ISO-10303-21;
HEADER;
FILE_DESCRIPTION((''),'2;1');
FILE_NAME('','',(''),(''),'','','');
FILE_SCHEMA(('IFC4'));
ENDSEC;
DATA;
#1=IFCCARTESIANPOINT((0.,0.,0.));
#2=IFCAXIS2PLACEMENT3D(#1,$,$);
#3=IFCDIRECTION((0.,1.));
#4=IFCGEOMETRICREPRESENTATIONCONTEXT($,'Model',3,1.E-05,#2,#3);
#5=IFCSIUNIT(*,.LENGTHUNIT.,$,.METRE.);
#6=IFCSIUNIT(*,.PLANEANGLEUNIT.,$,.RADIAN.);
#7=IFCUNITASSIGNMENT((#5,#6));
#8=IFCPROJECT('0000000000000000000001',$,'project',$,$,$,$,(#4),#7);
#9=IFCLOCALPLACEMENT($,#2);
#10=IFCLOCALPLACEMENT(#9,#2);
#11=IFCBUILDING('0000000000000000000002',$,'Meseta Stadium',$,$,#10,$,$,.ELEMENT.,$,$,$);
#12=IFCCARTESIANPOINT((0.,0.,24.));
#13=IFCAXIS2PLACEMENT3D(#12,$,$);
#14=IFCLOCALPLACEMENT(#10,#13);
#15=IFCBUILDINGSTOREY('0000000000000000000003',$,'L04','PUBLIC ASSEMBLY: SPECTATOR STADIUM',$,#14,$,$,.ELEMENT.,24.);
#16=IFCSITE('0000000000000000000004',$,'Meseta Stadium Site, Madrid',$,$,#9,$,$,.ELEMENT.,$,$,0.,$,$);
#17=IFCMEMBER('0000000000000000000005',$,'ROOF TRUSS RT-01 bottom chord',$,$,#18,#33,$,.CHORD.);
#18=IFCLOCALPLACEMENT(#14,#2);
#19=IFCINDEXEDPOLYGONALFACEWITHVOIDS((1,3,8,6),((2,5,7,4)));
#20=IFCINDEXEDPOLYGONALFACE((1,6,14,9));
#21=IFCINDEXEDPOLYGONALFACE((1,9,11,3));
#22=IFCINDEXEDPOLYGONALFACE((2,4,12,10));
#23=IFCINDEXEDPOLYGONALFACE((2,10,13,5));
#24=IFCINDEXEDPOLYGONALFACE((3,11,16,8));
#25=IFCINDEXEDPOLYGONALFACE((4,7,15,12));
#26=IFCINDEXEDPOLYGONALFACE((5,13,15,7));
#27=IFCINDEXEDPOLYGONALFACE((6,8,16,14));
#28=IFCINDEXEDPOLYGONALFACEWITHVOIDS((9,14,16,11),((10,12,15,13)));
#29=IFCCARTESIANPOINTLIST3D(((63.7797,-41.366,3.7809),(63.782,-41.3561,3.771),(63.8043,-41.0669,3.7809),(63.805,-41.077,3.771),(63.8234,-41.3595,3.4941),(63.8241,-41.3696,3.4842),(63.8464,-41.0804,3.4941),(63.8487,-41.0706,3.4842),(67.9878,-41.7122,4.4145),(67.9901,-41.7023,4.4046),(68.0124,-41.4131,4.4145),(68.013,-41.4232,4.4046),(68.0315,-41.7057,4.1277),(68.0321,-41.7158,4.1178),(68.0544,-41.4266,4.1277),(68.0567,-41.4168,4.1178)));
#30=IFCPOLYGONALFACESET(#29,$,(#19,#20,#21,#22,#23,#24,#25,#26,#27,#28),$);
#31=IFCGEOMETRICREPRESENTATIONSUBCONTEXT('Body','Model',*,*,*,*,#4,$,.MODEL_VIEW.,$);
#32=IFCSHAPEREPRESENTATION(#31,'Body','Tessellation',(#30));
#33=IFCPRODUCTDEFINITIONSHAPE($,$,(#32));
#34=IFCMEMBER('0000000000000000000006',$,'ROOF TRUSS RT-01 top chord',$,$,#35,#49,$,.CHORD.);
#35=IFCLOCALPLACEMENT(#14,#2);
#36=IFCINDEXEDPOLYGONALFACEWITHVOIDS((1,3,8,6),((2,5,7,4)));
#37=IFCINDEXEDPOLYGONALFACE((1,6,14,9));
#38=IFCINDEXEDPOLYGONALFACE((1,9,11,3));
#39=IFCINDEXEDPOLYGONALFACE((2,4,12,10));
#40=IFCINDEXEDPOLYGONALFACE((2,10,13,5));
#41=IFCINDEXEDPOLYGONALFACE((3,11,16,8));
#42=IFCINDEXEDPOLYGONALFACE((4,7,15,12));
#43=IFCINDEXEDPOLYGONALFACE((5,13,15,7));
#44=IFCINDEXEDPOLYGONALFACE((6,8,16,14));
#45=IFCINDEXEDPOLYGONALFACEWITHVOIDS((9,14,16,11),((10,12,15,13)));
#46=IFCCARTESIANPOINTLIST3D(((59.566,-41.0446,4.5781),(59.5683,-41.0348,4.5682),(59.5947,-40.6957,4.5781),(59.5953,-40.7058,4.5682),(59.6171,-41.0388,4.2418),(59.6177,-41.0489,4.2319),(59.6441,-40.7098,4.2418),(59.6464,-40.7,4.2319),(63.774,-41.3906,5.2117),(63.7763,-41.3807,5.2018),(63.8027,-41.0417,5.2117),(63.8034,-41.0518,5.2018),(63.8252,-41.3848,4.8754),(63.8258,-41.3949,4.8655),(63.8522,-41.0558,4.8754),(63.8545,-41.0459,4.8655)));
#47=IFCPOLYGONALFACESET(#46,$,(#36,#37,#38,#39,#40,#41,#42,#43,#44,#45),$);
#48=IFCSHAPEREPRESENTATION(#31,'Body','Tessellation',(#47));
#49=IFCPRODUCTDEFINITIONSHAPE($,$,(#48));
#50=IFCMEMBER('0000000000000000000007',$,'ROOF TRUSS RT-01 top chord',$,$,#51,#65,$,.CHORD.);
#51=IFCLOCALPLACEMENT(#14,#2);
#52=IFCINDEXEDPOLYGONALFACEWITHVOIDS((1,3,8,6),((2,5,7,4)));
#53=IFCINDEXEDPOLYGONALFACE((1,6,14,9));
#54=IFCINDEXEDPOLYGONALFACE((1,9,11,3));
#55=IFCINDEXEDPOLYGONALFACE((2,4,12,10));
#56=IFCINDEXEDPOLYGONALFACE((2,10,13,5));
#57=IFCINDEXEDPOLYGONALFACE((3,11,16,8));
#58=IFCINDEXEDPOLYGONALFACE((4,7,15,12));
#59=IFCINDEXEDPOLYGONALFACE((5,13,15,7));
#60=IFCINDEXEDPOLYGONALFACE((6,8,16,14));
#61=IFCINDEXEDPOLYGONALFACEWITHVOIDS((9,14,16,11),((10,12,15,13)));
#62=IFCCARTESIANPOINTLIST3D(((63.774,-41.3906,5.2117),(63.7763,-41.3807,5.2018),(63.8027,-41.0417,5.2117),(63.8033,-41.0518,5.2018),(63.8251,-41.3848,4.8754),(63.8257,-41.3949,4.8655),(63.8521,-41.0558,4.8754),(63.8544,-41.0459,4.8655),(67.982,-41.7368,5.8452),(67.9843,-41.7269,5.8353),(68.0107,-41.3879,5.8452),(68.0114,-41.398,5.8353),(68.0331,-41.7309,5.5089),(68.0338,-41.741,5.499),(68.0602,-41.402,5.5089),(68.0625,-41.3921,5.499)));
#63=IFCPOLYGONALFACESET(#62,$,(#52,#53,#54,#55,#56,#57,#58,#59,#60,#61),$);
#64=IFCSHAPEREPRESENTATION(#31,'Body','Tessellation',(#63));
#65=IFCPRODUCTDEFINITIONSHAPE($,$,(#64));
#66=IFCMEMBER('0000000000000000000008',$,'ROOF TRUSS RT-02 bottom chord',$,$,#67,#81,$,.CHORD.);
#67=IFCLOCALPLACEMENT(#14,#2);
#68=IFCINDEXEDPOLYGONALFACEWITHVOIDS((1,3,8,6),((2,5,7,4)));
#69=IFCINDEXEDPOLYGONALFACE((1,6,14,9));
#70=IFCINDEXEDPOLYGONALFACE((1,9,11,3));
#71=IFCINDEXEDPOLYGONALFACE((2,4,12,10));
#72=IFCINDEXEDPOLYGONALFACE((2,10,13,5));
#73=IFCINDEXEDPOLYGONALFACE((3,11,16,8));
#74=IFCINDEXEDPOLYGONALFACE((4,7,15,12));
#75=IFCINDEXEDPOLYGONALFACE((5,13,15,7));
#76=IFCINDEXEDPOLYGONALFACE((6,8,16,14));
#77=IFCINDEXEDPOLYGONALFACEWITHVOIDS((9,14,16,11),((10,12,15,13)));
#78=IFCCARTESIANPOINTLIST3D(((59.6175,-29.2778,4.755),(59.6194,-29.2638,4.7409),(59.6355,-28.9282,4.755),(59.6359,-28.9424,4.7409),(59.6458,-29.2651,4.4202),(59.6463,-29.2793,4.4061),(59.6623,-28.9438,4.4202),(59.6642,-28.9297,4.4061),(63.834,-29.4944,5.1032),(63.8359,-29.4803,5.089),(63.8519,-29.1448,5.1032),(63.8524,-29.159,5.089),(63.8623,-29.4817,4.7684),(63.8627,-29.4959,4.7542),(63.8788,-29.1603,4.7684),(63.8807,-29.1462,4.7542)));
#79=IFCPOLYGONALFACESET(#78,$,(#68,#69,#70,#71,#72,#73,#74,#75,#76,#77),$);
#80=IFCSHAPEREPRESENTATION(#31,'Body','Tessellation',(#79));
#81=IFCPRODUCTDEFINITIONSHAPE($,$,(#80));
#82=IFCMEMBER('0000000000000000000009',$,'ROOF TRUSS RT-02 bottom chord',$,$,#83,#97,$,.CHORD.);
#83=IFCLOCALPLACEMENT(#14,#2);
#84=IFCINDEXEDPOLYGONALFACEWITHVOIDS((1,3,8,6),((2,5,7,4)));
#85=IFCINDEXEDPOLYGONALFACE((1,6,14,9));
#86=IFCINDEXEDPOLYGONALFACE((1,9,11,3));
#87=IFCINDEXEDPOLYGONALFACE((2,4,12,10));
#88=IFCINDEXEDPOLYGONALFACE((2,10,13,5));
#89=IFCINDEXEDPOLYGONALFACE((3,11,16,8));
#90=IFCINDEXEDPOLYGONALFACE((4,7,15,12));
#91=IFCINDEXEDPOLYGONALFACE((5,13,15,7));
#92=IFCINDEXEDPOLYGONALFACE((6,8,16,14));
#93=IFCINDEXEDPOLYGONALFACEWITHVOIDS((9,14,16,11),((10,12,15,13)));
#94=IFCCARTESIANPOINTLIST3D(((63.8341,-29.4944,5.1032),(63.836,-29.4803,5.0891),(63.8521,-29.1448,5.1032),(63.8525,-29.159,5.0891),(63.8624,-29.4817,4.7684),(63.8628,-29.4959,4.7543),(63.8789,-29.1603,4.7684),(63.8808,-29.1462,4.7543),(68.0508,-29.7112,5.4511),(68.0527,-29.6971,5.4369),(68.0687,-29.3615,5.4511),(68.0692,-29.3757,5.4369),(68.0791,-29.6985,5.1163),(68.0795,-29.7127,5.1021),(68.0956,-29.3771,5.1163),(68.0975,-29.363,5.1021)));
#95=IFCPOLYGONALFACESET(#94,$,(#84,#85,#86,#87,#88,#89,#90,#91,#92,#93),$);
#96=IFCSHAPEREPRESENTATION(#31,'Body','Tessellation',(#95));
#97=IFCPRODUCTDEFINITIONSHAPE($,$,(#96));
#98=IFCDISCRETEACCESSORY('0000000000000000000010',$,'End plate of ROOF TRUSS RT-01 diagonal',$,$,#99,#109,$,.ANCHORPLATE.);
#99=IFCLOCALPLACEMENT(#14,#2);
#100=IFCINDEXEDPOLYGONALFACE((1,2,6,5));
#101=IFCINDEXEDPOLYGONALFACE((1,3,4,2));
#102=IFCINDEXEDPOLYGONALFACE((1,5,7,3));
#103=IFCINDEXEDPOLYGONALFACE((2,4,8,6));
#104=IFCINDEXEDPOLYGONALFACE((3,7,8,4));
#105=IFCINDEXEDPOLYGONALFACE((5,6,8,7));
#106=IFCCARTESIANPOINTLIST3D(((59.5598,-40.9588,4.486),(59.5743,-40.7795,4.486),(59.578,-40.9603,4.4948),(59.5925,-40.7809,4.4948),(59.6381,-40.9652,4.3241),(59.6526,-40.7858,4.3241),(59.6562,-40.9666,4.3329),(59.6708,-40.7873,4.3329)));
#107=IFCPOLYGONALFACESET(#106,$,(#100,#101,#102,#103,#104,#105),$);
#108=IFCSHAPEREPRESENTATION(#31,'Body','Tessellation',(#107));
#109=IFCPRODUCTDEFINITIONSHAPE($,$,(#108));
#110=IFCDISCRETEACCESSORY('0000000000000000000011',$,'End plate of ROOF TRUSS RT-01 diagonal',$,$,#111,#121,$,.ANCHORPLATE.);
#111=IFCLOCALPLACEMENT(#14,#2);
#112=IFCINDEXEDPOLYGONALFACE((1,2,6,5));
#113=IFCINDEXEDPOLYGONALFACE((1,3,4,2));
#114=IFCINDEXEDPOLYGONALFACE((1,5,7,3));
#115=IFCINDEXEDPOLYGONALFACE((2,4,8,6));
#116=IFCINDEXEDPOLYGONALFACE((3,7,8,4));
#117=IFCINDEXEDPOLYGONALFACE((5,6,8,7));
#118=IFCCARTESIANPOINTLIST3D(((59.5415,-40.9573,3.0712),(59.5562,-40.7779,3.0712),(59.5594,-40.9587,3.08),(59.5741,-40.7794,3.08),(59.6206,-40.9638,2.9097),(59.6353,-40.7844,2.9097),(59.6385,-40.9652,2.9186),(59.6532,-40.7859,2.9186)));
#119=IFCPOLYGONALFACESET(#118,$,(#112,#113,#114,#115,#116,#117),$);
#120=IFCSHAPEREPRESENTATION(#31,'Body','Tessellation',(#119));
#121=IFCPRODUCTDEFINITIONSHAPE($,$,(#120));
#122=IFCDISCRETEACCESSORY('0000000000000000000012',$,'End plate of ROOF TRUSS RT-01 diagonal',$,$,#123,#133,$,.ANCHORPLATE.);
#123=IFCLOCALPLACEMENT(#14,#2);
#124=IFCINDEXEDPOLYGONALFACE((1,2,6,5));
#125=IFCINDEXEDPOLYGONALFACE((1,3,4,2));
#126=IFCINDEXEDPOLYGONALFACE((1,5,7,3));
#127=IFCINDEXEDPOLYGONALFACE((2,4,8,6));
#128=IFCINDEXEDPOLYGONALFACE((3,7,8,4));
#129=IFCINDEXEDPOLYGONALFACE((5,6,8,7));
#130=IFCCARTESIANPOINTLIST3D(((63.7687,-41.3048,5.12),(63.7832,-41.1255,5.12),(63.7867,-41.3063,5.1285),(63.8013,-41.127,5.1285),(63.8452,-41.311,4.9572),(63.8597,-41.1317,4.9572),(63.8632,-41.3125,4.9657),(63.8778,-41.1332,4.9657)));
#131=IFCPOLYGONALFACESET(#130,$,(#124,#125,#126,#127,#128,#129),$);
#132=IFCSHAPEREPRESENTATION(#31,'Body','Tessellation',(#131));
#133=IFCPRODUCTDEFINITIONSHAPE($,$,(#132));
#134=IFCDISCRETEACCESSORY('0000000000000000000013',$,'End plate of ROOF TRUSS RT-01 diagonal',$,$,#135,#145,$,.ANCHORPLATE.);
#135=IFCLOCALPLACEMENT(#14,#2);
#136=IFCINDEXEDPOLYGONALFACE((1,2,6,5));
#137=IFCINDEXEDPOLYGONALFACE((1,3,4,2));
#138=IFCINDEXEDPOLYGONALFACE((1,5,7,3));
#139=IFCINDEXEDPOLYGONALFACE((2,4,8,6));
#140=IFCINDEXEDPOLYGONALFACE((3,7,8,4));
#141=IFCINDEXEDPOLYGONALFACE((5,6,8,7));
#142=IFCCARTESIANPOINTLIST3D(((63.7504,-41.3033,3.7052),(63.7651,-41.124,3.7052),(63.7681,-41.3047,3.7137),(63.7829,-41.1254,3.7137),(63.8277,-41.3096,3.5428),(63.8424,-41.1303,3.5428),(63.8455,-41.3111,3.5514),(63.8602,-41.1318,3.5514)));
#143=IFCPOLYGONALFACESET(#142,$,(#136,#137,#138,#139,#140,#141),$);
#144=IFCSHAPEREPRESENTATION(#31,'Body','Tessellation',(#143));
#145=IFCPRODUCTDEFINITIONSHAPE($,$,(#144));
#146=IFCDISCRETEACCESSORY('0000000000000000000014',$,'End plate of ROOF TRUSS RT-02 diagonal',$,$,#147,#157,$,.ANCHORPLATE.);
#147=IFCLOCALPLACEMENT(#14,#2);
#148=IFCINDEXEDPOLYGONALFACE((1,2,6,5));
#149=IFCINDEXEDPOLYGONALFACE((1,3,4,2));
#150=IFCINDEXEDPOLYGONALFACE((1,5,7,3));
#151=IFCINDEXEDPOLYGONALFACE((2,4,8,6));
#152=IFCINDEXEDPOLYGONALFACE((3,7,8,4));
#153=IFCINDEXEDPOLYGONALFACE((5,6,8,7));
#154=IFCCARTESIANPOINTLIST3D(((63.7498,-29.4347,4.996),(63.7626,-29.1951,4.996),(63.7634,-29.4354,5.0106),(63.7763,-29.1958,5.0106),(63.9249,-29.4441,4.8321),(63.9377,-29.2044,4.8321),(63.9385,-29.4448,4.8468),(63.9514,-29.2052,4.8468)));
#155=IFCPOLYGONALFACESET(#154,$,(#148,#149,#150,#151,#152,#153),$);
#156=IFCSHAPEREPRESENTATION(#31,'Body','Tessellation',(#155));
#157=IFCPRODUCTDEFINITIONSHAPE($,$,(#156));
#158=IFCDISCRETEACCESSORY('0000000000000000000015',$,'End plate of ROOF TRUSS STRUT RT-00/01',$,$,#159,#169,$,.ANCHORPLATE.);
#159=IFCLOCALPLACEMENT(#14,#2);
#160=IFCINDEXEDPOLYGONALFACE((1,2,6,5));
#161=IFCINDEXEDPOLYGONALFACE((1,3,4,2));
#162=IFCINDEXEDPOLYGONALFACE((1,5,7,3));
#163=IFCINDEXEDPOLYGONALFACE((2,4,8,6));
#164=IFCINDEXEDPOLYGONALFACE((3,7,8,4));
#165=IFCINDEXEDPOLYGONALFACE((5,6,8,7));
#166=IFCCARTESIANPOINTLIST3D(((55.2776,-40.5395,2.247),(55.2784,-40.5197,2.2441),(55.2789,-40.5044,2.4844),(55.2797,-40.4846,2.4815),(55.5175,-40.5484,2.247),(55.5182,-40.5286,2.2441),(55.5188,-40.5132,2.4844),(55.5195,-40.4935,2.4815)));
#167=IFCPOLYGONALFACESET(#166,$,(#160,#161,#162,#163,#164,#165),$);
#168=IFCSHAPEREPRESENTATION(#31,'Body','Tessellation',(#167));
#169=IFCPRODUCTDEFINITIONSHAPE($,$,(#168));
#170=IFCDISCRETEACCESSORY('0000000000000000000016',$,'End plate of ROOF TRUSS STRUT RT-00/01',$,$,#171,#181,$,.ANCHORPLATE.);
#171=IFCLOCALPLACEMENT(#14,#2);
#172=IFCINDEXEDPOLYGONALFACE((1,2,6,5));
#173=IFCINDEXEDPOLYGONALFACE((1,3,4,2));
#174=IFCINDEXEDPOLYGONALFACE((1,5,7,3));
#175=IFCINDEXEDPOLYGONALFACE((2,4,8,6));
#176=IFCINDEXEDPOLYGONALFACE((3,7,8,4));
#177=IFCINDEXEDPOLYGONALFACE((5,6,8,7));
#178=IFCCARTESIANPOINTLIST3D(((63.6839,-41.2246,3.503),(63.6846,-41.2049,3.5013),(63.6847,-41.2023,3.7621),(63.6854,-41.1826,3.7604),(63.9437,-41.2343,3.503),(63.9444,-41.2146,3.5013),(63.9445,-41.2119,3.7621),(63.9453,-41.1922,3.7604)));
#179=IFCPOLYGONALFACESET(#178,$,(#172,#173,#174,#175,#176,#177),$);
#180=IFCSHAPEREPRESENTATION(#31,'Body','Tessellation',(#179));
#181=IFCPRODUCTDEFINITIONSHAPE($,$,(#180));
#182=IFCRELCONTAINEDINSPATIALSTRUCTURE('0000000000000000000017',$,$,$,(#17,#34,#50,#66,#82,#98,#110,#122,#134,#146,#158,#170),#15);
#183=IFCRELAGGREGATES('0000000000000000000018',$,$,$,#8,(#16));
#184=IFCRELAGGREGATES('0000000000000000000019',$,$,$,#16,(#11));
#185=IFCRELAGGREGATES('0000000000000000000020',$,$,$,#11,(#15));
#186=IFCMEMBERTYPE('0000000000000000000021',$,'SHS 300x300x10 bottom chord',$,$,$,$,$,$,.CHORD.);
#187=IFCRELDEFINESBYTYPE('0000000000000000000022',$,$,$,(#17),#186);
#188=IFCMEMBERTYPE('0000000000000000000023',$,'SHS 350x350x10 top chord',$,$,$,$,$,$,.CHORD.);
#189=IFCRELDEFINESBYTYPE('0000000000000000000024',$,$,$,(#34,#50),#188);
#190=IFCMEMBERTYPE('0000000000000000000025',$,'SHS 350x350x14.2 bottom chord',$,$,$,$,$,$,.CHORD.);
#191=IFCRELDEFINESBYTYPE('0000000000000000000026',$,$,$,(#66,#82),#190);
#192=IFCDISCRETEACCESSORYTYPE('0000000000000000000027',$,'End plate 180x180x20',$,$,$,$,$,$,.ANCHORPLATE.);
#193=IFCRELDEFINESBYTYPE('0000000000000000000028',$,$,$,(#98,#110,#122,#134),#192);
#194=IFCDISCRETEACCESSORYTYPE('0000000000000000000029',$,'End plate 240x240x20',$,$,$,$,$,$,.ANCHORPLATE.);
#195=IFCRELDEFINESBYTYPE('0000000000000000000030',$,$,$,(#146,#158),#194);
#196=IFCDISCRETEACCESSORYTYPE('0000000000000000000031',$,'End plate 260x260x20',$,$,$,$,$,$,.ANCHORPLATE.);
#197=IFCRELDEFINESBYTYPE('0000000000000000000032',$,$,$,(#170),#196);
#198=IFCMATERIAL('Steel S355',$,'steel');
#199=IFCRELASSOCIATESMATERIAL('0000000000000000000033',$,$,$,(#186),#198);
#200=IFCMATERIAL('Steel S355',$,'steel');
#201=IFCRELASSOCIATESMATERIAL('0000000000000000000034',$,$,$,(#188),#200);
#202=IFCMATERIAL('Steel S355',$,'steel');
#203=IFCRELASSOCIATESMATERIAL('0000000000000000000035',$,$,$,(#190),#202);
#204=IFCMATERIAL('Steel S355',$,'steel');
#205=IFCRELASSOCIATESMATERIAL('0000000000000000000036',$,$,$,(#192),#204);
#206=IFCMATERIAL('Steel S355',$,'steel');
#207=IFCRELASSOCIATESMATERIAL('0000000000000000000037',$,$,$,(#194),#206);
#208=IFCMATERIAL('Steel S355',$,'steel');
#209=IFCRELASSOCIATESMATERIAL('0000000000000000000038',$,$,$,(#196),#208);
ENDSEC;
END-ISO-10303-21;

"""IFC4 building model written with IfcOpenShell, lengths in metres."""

from ifc_helpers import new_model, si_unit, direction, frame, origin, origin_2d, place, context, subcontext, project, spatial, rectangle, hollow_rectangle, extrude, material, material_profile, profile_set, type_object, element, save


model = new_model("IFC4")

# Units and contexts
model_context = context("Model", 3, precision=1e-05, world=origin(), true_north=direction((0.0, 1.0)))
body_context = subcontext(model_context, "Body", "Model", "MODEL_VIEW")
ifc_project = project(units=[si_unit("LENGTHUNIT", "METRE"), si_unit("PLANEANGLEUNIT", "RADIAN")], contexts=[model_context])

# Site, building, storey
site_placement = place(None, origin())
site = spatial("IfcSite", under=ifc_project, at=site_placement, Name="Meseta Stadium Site, Madrid", CompositionType="ELEMENT", RefElevation=0.0)
building_placement = place(site_placement, origin())
building = spatial("IfcBuilding", under=site, at=building_placement, Name="Meseta Stadium", CompositionType="ELEMENT")
storey_placement = place(building_placement, frame((0.0, 0.0, 24.0)))
storey = spatial("IfcBuildingStorey", under=building, at=storey_placement, Name="L04", Description="PUBLIC ASSEMBLY: SPECTATOR STADIUM", CompositionType="ELEMENT", Elevation=24.0)

# Members
ifc_material_1 = material(Name="Steel S355", Category="steel")
ifc_material_profile_1 = material_profile(ifc_material_1, hollow_rectangle(XDim=0.3, YDim=0.3, WallThickness=0.01, at=origin_2d()), Name="SHS 300x300x10")
ifc_profile_set_1 = profile_set([ifc_material_profile_1], Name="Steel S355")
member_type_1 = type_object("IfcMemberType", Name="SHS 300x300x10 bottom chord", PredefinedType="CHORD", material=ifc_profile_set_1)
for number, where, z_axis, x_axis, name in (
    (1, (63.8142, -41.2183, 3.6326), (0.985599, -0.081085, 0.148389), (0.081993, 0.996633, 0.0), "ROOF TRUSS RT-01 bottom chord"),
):
    element("IfcMember", number, at=place(storey_placement, frame(where, z_axis=z_axis, x_axis=x_axis)), inside=storey, type_object=member_type_1, Name=name, PredefinedType="CHORD", context=body_context, shape_type="SweptSolid", body=[
        extrude(hollow_rectangle(XDim=0.3, YDim=0.3, WallThickness=0.01, at=origin_2d()), origin(), (0.0, 0.0, 1.0), 4.2695),
    ])
ifc_material_2 = material(Name="Steel S355", Category="steel")
ifc_material_profile_2 = material_profile(ifc_material_2, hollow_rectangle(XDim=0.3501, YDim=0.3501, WallThickness=0.01, at=origin_2d()), Name="SHS 350x350x10")
ifc_profile_set_2 = profile_set([ifc_material_profile_2], Name="Steel S355")
member_type_2 = type_object("IfcMemberType", Name="SHS 350x350x10 top chord", PredefinedType="CHORD", material=ifc_profile_set_2)
for number, where, z_axis, x_axis, name in (
    (2, (59.6062, -40.8723, 4.405), (0.985604, -0.081028, 0.14839), (0.081935, 0.996638, 0.0), "ROOF TRUSS RT-01 top chord"),
    (3, (63.8142, -41.2183, 5.0386), (0.985599, -0.081085, 0.148389), (0.081993, 0.996633, 0.0), "ROOF TRUSS RT-01 top chord"),
):
    element("IfcMember", number, at=place(storey_placement, frame(where, z_axis=z_axis, x_axis=x_axis)), inside=storey, type_object=member_type_2, Name=name, PredefinedType="CHORD", context=body_context, shape_type="SweptSolid", body=[
        extrude(hollow_rectangle(XDim=0.3501, YDim=0.3501, WallThickness=0.01, at=origin_2d()), origin(), (0.0, 0.0, 1.0), 4.2695),
    ])
ifc_material_3 = material(Name="Steel S355", Category="steel")
ifc_material_profile_3 = material_profile(ifc_material_3, hollow_rectangle(XDim=0.3501, YDim=0.3501, WallThickness=0.0142, at=origin_2d()), Name="SHS 350x350x14.2")
ifc_profile_set_3 = profile_set([ifc_material_profile_3], Name="Steel S355")
member_type_3 = type_object("IfcMemberType", Name="SHS 350x350x14.2 bottom chord", PredefinedType="CHORD", material=ifc_profile_set_3)
member_1_placement = place(storey_placement, frame((59.6409, -29.1038, 4.5806), z_axis=(0.995306, -0.051117, 0.082179), x_axis=(0.05129, 0.998684, 0.0)))
element("IfcMember", 4, at=member_1_placement, inside=storey, type_object=member_type_3, Name="ROOF TRUSS RT-02 bottom chord", PredefinedType="CHORD", context=body_context, shape_type="SweptSolid", body=[
    extrude(hollow_rectangle(XDim=0.3501, YDim=0.3501, WallThickness=0.0142, at=origin_2d()), origin(), (0.0, 0.0, 1.0), 4.2363),
])
member_2_placement = place(storey_placement, frame((63.8574, -29.3203, 4.9287), z_axis=(0.995308, -0.051171, 0.082116), x_axis=(0.051345, 0.998681, 0.0)))
element("IfcMember", 5, at=member_2_placement, inside=storey, type_object=member_type_3, Name="ROOF TRUSS RT-02 bottom chord", PredefinedType="CHORD", context=body_context, shape_type="SweptSolid", body=[
    extrude(hollow_rectangle(XDim=0.3501, YDim=0.3501, WallThickness=0.0142, at=origin_2d()), origin(), (0.0, 0.0, 1.0), 4.2366),
])

# Discrete accessories
ifc_material_4 = material(Name="Steel S355", Category="steel")
ifc_material_profile_4 = material_profile(ifc_material_4, rectangle(XDim=0.1799, YDim=0.1799, at=origin_2d()), Name="PL 180x180")
ifc_profile_set_4 = profile_set([ifc_material_profile_4], Name="Steel S355")
discrete_accessory_type_1 = type_object("IfcDiscreteAccessoryType", Name="End plate 180x180x20", PredefinedType="ANCHORPLATE", material=ifc_profile_set_4)
discrete_accessory_1_placement = place(storey_placement, frame((59.6062, -40.8723, 4.405), z_axis=(0.896854, -0.072718, 0.436308), x_axis=(0.080816, 0.996729, 0.0)))
element("IfcDiscreteAccessory", 6, at=discrete_accessory_1_placement, inside=storey, type_object=discrete_accessory_type_1, Name="End plate of ROOF TRUSS RT-01 diagonal", PredefinedType="ANCHORPLATE", context=body_context, shape_type="SweptSolid", body=[
    extrude(rectangle(XDim=0.1799, YDim=0.1799, at=origin_2d()), origin(), (0.0, 0.0, 1.0), 0.0203),
])
for number, where, z_axis, x_axis, name in (
    (7, (59.5884, -40.8708, 2.9905), (0.894444, -0.073516, 0.441096), (0.081916, 0.996639, 0.0), "End plate of ROOF TRUSS RT-01 diagonal"),
    (8, (63.8142, -41.2183, 5.0386), (0.901568, -0.0731, 0.426417), (0.080816, 0.996729, 0.0), "End plate of ROOF TRUSS RT-01 diagonal"),
):
    element("IfcDiscreteAccessory", number, at=place(storey_placement, frame(where, z_axis=z_axis, x_axis=x_axis)), inside=storey, type_object=discrete_accessory_type_1, Name=name, PredefinedType="ANCHORPLATE", context=body_context, shape_type="SweptSolid", body=[
        extrude(rectangle(XDim=0.1799, YDim=0.1799, at=origin_2d()), origin(), (0.0, 0.0, 1.0), 0.02),
    ])
discrete_accessory_2_placement = place(storey_placement, frame((63.7964, -41.2168, 3.624), z_axis=(0.899249, -0.073911, 0.431147), x_axis=(0.081916, 0.996639, 0.0)))
element("IfcDiscreteAccessory", 9, at=discrete_accessory_2_placement, inside=storey, type_object=discrete_accessory_type_1, Name="End plate of ROOF TRUSS RT-01 diagonal", PredefinedType="ANCHORPLATE", context=body_context, shape_type="SweptSolid", body=[
    extrude(rectangle(XDim=0.1799, YDim=0.1799, at=origin_2d()), origin(), (0.0, 0.0, 1.0), 0.0198),
])
ifc_material_5 = material(Name="Steel S355", Category="steel")
ifc_material_profile_5 = material_profile(ifc_material_5, rectangle(XDim=0.24, YDim=0.24, at=origin_2d()), Name="PL 240x240")
ifc_profile_set_5 = profile_set([ifc_material_profile_5], Name="Steel S355")
discrete_accessory_type_2 = type_object("IfcDiscreteAccessoryType", Name="End plate 240x240x20", PredefinedType="ANCHORPLATE", material=ifc_profile_set_5)
for number, where, z_axis, x_axis, name in (
    (10, (63.8438, -29.3196, 4.9141), (0.681863, -0.036528, 0.730567), (0.053495, 0.998568, 0.0), "End plate of ROOF TRUSS RT-02 diagonal"),
    (11, (55.3982, -40.5264, 2.3657), (0.036613, 0.98854, -0.14645), (-0.999315, 0.037012, 0.0), "End plate of ROOF TRUSS STRUT RT-00/01"),
):
    element("IfcDiscreteAccessory", number, at=place(storey_placement, frame(where, z_axis=z_axis, x_axis=x_axis)), inside=storey, type_object=discrete_accessory_type_2, Name=name, PredefinedType="ANCHORPLATE", context=body_context, shape_type="SweptSolid", body=[
        extrude(rectangle(XDim=0.24, YDim=0.24, at=origin_2d()), origin(), (0.0, 0.0, 1.0), 0.02),
    ])
ifc_material_6 = material(Name="Steel S355", Category="steel")
ifc_material_profile_6 = material_profile(ifc_material_6, rectangle(XDim=0.26, YDim=0.26, at=origin_2d()), Name="PL 260x260")
ifc_profile_set_6 = profile_set([ifc_material_profile_6], Name="Steel S355")
discrete_accessory_type_3 = type_object("IfcDiscreteAccessoryType", Name="End plate 260x260x20", PredefinedType="ANCHORPLATE", material=ifc_profile_set_6)
discrete_accessory_3_placement = place(storey_placement, frame((63.8142, -41.2183, 3.6326), z_axis=(0.036874, 0.995609, -0.08604), x_axis=(-0.999315, 0.037012, 0.0)))
element("IfcDiscreteAccessory", 12, at=discrete_accessory_3_placement, inside=storey, type_object=discrete_accessory_type_3, Name="End plate of ROOF TRUSS STRUT RT-00/01", PredefinedType="ANCHORPLATE", context=body_context, shape_type="SweptSolid", body=[
    extrude(rectangle(XDim=0.26, YDim=0.26, at=origin_2d()), origin(), (0.0, 0.0, 1.0), 0.0198),
])

save(model, "model.ifc")
